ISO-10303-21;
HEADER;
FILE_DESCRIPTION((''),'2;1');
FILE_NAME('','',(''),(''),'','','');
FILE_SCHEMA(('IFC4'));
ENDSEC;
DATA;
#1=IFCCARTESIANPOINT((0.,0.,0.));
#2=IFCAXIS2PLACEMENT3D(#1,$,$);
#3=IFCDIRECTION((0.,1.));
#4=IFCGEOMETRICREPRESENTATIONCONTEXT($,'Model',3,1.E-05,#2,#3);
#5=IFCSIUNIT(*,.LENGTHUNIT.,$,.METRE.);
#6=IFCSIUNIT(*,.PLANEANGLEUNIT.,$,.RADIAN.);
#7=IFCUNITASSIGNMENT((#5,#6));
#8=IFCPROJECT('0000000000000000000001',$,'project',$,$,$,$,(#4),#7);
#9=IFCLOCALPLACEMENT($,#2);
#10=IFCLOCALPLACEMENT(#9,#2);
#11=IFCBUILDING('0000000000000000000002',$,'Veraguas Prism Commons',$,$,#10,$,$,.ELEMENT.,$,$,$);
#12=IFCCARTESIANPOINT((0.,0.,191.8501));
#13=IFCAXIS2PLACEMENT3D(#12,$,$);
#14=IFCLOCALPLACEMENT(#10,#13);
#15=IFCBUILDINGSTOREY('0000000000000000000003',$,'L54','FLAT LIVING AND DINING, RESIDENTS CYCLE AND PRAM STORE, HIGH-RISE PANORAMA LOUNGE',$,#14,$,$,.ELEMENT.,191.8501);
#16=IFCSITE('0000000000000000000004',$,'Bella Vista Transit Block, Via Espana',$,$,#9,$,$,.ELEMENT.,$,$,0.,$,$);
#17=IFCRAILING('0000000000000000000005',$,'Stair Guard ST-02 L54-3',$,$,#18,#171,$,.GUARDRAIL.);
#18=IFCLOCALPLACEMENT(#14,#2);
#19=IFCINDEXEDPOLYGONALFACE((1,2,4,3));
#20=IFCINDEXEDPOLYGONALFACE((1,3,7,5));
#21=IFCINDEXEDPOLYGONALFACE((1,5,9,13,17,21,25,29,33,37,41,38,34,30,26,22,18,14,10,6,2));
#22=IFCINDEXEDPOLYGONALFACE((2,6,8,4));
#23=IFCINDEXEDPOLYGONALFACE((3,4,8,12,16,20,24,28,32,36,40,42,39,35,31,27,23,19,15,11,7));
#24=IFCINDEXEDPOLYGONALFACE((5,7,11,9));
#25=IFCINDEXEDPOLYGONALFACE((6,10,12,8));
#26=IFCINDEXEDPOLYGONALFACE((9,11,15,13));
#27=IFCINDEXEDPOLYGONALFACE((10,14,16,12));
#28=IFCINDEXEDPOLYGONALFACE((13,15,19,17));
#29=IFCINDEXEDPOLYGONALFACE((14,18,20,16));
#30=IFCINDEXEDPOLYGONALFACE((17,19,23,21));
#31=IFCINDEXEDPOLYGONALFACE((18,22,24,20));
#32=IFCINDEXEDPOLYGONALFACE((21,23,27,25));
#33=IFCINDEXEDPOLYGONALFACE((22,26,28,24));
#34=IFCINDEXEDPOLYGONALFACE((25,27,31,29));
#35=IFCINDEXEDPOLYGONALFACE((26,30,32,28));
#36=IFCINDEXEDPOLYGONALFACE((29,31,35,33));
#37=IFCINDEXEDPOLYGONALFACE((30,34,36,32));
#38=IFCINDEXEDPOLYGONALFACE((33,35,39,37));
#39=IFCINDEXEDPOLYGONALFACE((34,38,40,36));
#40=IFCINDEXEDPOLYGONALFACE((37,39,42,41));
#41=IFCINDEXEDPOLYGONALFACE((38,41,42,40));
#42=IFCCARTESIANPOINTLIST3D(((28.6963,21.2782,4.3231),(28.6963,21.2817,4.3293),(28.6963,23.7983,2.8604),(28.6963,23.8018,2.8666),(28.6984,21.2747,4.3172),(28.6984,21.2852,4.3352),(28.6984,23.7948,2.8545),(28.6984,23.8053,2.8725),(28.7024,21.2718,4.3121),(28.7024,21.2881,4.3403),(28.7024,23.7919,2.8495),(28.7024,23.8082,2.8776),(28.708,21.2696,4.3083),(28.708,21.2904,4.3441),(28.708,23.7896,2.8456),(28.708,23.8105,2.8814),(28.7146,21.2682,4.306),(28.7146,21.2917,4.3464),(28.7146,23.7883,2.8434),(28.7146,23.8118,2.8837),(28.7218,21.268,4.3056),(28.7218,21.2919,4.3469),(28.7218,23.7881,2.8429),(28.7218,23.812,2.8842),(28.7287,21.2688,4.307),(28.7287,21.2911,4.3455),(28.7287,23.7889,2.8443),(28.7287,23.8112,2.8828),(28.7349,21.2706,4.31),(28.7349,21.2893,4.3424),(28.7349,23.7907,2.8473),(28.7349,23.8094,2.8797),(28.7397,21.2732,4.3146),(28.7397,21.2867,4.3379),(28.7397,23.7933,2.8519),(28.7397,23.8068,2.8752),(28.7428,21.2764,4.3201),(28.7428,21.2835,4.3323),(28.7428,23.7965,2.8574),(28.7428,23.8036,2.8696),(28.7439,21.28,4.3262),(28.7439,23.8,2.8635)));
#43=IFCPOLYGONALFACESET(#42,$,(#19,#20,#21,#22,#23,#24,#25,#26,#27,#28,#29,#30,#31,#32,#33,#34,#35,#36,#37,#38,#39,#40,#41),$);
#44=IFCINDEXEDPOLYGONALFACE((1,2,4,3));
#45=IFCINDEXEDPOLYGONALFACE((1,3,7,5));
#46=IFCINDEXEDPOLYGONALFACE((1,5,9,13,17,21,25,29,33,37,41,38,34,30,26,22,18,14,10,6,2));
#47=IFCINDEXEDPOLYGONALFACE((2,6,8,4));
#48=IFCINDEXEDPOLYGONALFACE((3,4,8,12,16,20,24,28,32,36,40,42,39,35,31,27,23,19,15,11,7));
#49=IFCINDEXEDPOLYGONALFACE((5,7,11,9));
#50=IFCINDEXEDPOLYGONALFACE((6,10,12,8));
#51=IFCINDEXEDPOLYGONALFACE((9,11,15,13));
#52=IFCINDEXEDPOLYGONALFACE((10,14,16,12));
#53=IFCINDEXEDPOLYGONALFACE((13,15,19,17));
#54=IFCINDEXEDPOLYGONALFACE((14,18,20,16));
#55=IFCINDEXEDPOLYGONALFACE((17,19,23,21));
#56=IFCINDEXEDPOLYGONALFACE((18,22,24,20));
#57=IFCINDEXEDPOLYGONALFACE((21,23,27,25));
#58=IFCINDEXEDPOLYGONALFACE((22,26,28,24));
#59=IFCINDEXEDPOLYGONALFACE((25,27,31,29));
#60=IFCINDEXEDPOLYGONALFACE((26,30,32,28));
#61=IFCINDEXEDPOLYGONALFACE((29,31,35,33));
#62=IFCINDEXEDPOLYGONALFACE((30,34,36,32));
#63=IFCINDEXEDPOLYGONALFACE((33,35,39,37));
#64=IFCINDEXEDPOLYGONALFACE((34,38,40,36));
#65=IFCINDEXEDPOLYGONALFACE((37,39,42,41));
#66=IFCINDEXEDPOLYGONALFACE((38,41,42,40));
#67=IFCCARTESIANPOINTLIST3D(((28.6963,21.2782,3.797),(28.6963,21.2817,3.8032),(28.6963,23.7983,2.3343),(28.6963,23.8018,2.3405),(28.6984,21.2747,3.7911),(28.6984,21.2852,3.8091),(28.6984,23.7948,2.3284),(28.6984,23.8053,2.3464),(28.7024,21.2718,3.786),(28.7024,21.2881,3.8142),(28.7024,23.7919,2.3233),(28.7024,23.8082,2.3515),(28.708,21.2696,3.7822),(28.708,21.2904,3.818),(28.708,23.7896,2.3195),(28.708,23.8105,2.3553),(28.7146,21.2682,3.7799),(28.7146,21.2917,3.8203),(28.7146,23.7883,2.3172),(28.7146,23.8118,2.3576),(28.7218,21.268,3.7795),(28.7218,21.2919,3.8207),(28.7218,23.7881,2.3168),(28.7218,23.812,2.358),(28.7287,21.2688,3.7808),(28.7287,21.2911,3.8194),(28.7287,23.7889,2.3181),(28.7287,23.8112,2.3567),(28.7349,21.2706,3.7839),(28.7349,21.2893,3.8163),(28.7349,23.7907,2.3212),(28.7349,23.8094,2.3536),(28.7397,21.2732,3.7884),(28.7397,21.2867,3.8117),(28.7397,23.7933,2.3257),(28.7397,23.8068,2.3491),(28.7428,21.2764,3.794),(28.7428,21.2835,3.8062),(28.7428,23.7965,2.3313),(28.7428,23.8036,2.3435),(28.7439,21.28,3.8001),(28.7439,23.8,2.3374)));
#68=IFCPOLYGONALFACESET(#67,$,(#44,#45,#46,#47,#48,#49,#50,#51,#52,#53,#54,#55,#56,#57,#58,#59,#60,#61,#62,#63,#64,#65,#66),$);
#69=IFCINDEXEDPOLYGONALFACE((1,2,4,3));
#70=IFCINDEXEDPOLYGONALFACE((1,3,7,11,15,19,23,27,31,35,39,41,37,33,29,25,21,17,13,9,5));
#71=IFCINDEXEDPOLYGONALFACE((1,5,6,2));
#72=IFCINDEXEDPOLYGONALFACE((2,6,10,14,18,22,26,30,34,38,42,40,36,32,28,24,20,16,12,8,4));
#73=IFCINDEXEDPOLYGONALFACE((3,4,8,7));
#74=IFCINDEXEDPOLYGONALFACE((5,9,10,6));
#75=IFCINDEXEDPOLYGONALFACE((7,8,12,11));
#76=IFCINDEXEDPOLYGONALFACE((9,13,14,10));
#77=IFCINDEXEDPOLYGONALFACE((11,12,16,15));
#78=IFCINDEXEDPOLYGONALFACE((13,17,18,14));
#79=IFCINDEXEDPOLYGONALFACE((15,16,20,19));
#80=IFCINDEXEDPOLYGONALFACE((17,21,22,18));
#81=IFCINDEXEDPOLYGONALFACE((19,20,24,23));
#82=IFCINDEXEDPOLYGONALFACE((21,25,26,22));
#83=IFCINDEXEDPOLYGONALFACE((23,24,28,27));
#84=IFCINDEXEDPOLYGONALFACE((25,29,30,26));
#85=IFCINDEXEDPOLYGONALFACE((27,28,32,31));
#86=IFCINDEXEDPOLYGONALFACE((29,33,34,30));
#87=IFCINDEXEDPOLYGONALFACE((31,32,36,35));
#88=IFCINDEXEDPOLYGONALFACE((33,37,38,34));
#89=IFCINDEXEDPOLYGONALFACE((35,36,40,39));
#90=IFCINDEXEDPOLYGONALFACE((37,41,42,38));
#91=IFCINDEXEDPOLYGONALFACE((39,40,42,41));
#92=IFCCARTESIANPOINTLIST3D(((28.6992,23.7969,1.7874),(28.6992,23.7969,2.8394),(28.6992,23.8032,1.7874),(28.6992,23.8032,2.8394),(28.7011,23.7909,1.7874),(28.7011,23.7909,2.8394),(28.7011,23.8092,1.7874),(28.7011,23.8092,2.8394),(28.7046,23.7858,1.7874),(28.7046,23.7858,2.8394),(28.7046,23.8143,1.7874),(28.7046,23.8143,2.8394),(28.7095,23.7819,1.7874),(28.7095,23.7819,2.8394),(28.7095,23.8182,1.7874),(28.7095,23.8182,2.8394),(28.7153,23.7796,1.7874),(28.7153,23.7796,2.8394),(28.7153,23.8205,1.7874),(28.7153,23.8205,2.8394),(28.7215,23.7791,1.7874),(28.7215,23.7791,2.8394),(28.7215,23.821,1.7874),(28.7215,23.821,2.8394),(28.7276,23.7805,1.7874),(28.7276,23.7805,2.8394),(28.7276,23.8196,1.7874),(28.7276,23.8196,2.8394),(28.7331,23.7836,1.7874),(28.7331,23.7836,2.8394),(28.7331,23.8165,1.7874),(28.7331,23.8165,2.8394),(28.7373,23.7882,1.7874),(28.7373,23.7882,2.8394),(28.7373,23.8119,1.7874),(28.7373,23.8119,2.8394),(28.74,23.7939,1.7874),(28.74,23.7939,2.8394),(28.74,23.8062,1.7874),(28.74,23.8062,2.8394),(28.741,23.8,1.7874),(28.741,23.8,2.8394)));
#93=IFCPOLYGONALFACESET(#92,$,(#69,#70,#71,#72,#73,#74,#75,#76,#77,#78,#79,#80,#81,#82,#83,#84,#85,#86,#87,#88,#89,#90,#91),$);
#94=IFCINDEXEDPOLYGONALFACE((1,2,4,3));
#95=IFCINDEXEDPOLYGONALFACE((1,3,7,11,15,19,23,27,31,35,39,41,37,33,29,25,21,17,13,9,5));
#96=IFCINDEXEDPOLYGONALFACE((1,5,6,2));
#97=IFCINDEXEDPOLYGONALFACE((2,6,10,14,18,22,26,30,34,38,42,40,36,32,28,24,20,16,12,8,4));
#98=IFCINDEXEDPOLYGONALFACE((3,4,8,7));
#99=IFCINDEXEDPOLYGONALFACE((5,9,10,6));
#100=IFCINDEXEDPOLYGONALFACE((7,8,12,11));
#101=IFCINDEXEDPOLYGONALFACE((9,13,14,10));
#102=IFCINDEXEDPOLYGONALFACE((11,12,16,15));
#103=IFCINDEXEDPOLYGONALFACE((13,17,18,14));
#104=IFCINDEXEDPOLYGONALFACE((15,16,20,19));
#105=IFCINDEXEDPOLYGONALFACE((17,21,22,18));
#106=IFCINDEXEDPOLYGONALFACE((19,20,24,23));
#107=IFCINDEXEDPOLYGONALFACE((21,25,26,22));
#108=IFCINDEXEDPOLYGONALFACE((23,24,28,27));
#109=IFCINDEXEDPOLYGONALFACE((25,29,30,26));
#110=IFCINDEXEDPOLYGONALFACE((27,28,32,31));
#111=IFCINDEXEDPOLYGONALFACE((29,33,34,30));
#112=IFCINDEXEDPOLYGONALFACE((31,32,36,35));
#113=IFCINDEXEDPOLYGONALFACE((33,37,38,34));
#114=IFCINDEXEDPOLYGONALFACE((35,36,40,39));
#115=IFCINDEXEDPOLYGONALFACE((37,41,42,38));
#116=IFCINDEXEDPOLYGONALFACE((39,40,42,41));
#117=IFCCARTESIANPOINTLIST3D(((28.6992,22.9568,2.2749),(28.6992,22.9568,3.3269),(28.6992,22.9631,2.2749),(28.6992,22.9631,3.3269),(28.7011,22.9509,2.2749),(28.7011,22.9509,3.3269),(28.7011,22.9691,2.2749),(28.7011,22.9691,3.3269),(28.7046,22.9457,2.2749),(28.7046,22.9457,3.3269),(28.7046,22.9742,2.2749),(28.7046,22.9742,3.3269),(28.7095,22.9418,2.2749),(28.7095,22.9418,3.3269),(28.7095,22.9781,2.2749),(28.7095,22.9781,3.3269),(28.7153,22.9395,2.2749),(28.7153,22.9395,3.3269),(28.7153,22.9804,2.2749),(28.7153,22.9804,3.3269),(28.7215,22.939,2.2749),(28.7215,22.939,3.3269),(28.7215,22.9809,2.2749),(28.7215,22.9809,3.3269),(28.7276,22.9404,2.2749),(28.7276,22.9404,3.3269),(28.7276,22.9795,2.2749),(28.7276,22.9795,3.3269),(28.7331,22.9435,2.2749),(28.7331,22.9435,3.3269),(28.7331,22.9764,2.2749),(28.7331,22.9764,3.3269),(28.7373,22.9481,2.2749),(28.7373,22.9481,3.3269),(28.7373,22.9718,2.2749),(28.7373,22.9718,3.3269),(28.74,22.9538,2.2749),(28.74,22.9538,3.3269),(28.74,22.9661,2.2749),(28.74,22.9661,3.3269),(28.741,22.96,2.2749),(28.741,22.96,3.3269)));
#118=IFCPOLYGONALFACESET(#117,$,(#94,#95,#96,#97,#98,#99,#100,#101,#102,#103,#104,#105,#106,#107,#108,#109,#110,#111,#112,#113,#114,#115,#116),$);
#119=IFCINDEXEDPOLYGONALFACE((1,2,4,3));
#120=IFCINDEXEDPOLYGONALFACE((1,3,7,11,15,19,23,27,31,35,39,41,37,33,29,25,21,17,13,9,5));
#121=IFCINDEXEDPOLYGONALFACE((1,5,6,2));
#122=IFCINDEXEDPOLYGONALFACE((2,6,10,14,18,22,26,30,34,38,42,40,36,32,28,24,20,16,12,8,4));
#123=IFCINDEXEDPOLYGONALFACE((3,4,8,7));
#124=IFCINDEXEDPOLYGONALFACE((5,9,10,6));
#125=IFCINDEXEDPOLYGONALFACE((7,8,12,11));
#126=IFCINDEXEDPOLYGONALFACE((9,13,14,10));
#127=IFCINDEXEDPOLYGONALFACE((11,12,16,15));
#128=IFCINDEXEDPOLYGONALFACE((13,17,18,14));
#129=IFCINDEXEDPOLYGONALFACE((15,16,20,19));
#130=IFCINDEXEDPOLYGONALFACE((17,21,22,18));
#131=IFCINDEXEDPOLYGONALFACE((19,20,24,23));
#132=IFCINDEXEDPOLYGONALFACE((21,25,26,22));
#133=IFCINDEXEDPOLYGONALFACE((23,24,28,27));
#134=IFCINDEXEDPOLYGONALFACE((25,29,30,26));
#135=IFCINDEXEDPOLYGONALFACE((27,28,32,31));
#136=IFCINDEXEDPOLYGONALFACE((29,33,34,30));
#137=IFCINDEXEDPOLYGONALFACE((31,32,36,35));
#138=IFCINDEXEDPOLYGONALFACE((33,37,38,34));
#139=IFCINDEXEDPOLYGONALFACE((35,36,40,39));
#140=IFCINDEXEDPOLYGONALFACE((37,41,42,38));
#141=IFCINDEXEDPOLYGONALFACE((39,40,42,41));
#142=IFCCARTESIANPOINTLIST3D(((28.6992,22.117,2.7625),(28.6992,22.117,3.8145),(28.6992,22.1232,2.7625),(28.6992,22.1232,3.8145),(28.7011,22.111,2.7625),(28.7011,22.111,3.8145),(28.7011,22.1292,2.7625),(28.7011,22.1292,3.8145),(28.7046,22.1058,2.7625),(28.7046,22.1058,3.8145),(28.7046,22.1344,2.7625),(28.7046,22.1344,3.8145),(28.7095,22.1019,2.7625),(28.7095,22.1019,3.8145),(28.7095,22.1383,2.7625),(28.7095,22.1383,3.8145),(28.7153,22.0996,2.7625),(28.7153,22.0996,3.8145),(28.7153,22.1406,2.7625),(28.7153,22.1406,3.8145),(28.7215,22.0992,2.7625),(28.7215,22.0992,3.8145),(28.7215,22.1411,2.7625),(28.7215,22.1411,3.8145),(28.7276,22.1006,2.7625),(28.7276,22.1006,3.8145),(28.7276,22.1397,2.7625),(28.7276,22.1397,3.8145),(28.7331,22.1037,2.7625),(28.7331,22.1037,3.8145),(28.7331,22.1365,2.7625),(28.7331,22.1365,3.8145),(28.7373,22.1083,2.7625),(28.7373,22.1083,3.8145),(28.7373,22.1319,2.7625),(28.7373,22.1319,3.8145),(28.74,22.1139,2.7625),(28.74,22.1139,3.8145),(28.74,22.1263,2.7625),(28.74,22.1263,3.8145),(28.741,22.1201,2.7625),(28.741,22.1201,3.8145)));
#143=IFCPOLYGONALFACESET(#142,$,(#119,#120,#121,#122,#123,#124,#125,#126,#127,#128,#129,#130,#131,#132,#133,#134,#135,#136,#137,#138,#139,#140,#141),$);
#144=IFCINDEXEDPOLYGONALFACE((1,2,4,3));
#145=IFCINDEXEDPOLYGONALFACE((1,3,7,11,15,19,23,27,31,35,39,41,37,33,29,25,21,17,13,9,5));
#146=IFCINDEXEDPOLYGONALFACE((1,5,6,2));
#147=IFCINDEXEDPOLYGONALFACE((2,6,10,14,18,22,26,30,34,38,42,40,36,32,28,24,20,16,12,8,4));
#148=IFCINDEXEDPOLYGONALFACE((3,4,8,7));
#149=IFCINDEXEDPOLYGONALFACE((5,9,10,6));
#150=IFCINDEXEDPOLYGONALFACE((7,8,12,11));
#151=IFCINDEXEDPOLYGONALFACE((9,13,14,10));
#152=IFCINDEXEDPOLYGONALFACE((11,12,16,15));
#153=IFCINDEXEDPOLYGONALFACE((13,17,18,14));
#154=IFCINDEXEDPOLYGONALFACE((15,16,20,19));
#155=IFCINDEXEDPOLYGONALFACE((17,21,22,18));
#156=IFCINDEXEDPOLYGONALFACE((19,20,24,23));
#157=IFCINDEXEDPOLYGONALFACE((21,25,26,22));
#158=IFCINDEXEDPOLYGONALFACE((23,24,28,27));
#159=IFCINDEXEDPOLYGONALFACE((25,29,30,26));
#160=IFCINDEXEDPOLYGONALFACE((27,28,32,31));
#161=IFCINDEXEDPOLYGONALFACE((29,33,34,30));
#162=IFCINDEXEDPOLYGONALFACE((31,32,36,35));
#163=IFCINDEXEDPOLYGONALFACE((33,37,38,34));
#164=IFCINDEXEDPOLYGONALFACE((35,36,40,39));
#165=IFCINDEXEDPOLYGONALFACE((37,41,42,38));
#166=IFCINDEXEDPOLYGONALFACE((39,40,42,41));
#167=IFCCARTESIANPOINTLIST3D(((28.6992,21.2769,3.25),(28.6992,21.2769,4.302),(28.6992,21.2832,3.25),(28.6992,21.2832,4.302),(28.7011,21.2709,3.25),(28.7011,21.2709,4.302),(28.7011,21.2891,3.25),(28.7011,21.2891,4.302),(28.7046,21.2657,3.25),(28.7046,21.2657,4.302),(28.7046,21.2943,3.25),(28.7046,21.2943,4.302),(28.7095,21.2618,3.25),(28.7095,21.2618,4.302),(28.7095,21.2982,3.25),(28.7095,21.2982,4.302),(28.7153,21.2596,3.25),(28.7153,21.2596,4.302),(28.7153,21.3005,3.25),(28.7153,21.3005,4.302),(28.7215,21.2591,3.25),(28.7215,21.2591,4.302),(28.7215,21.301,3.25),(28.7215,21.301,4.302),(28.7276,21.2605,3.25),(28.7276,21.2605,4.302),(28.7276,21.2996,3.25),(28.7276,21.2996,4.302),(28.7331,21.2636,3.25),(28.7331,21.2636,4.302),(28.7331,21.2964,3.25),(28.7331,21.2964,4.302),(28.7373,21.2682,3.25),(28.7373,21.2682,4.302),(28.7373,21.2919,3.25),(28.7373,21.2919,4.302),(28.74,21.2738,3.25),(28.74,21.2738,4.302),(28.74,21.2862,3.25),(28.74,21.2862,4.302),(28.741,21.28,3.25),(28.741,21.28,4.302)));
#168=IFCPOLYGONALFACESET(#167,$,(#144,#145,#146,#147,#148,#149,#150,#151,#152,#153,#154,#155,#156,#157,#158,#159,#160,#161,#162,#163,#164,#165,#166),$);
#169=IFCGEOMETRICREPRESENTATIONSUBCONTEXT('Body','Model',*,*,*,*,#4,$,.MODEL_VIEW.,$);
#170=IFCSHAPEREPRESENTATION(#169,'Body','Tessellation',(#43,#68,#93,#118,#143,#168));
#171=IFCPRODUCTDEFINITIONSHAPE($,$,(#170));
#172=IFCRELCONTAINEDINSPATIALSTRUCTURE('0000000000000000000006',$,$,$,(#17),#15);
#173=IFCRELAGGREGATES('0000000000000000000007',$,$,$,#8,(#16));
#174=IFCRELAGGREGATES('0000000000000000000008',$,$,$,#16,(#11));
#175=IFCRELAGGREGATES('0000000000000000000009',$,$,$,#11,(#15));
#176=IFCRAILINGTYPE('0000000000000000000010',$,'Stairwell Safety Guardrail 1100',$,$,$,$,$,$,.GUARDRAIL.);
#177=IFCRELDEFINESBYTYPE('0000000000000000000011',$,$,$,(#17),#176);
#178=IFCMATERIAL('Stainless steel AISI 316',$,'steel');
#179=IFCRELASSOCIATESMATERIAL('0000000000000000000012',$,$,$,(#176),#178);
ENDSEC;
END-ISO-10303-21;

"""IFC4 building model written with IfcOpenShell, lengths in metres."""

from ifc_helpers import new_model, si_unit, direction, frame, origin, origin_2d, place, context, subcontext, project, spatial, circle, extrude, material, type_object, element, save


model = new_model("IFC4")

# Units and contexts
model_context = context("Model", 3, precision=1e-05, world=origin(), true_north=direction((0.0, 1.0)))
body_context = subcontext(model_context, "Body", "Model", "MODEL_VIEW")
ifc_project = project(units=[si_unit("LENGTHUNIT", "METRE"), si_unit("PLANEANGLEUNIT", "RADIAN")], contexts=[model_context])

# Site, building, storey
site_placement = place(None, origin())
site = spatial("IfcSite", under=ifc_project, at=site_placement, Name="Bella Vista Transit Block, Via Espana", CompositionType="ELEMENT", RefElevation=0.0)
building_placement = place(site_placement, origin())
building = spatial("IfcBuilding", under=site, at=building_placement, Name="Veraguas Prism Commons", CompositionType="ELEMENT")
storey_placement = place(building_placement, frame((0.0, 0.0, 191.8501)))
storey = spatial("IfcBuildingStorey", under=building, at=storey_placement, Name="L54", Description="FLAT LIVING AND DINING, RESIDENTS CYCLE AND PRAM STORE, HIGH-RISE PANORAMA LOUNGE", CompositionType="ELEMENT", Elevation=191.8501)

# Railing
ifc_material_1 = material(Name="Stainless steel AISI 316", Category="steel")
railing_type_1 = type_object("IfcRailingType", Name="Stairwell Safety Guardrail 1100", PredefinedType="GUARDRAIL", material=ifc_material_1)
railing_1_placement = place(storey_placement, frame((28.72, 23.8, 1.7874)))
element("IfcRailing", 1, at=railing_1_placement, inside=storey, type_object=railing_type_1, Name="Stair Guard ST-02 L54-3", PredefinedType="GUARDRAIL", context=body_context, shape_type="SweptSolid", body=[
    extrude(circle(Radius=0.0239, at=origin_2d()), frame((0.0, 0.0, 1.0762), z_axis=(0.0, -0.864877, 0.501984), x_axis=(1.0, 0.0, 0.0)), (0.0, 0.0, 1.0), 2.9138),
    extrude(circle(Radius=0.0239, at=origin_2d()), frame((0.0, 0.0, 0.55), z_axis=(0.0, -0.864877, 0.501984), x_axis=(1.0, 0.0, 0.0)), (0.0, 0.0, 1.0), 2.9138),
    extrude(circle(Radius=0.021, at=origin_2d()), origin(), (0.0, 0.0, 1.0), 1.052),
    extrude(circle(Radius=0.021, at=origin_2d()), frame((0.0, -0.8401, 0.4875)), (0.0, 0.0, 1.0), 1.052),
    extrude(circle(Radius=0.021, at=origin_2d()), frame((0.0, -1.6799, 0.9751)), (0.0, 0.0, 1.0), 1.052),
    extrude(circle(Radius=0.021, at=origin_2d()), frame((0.0, -2.52, 1.4626)), (0.0, 0.0, 1.0), 1.052),
])

save(model, "model.ifc")
